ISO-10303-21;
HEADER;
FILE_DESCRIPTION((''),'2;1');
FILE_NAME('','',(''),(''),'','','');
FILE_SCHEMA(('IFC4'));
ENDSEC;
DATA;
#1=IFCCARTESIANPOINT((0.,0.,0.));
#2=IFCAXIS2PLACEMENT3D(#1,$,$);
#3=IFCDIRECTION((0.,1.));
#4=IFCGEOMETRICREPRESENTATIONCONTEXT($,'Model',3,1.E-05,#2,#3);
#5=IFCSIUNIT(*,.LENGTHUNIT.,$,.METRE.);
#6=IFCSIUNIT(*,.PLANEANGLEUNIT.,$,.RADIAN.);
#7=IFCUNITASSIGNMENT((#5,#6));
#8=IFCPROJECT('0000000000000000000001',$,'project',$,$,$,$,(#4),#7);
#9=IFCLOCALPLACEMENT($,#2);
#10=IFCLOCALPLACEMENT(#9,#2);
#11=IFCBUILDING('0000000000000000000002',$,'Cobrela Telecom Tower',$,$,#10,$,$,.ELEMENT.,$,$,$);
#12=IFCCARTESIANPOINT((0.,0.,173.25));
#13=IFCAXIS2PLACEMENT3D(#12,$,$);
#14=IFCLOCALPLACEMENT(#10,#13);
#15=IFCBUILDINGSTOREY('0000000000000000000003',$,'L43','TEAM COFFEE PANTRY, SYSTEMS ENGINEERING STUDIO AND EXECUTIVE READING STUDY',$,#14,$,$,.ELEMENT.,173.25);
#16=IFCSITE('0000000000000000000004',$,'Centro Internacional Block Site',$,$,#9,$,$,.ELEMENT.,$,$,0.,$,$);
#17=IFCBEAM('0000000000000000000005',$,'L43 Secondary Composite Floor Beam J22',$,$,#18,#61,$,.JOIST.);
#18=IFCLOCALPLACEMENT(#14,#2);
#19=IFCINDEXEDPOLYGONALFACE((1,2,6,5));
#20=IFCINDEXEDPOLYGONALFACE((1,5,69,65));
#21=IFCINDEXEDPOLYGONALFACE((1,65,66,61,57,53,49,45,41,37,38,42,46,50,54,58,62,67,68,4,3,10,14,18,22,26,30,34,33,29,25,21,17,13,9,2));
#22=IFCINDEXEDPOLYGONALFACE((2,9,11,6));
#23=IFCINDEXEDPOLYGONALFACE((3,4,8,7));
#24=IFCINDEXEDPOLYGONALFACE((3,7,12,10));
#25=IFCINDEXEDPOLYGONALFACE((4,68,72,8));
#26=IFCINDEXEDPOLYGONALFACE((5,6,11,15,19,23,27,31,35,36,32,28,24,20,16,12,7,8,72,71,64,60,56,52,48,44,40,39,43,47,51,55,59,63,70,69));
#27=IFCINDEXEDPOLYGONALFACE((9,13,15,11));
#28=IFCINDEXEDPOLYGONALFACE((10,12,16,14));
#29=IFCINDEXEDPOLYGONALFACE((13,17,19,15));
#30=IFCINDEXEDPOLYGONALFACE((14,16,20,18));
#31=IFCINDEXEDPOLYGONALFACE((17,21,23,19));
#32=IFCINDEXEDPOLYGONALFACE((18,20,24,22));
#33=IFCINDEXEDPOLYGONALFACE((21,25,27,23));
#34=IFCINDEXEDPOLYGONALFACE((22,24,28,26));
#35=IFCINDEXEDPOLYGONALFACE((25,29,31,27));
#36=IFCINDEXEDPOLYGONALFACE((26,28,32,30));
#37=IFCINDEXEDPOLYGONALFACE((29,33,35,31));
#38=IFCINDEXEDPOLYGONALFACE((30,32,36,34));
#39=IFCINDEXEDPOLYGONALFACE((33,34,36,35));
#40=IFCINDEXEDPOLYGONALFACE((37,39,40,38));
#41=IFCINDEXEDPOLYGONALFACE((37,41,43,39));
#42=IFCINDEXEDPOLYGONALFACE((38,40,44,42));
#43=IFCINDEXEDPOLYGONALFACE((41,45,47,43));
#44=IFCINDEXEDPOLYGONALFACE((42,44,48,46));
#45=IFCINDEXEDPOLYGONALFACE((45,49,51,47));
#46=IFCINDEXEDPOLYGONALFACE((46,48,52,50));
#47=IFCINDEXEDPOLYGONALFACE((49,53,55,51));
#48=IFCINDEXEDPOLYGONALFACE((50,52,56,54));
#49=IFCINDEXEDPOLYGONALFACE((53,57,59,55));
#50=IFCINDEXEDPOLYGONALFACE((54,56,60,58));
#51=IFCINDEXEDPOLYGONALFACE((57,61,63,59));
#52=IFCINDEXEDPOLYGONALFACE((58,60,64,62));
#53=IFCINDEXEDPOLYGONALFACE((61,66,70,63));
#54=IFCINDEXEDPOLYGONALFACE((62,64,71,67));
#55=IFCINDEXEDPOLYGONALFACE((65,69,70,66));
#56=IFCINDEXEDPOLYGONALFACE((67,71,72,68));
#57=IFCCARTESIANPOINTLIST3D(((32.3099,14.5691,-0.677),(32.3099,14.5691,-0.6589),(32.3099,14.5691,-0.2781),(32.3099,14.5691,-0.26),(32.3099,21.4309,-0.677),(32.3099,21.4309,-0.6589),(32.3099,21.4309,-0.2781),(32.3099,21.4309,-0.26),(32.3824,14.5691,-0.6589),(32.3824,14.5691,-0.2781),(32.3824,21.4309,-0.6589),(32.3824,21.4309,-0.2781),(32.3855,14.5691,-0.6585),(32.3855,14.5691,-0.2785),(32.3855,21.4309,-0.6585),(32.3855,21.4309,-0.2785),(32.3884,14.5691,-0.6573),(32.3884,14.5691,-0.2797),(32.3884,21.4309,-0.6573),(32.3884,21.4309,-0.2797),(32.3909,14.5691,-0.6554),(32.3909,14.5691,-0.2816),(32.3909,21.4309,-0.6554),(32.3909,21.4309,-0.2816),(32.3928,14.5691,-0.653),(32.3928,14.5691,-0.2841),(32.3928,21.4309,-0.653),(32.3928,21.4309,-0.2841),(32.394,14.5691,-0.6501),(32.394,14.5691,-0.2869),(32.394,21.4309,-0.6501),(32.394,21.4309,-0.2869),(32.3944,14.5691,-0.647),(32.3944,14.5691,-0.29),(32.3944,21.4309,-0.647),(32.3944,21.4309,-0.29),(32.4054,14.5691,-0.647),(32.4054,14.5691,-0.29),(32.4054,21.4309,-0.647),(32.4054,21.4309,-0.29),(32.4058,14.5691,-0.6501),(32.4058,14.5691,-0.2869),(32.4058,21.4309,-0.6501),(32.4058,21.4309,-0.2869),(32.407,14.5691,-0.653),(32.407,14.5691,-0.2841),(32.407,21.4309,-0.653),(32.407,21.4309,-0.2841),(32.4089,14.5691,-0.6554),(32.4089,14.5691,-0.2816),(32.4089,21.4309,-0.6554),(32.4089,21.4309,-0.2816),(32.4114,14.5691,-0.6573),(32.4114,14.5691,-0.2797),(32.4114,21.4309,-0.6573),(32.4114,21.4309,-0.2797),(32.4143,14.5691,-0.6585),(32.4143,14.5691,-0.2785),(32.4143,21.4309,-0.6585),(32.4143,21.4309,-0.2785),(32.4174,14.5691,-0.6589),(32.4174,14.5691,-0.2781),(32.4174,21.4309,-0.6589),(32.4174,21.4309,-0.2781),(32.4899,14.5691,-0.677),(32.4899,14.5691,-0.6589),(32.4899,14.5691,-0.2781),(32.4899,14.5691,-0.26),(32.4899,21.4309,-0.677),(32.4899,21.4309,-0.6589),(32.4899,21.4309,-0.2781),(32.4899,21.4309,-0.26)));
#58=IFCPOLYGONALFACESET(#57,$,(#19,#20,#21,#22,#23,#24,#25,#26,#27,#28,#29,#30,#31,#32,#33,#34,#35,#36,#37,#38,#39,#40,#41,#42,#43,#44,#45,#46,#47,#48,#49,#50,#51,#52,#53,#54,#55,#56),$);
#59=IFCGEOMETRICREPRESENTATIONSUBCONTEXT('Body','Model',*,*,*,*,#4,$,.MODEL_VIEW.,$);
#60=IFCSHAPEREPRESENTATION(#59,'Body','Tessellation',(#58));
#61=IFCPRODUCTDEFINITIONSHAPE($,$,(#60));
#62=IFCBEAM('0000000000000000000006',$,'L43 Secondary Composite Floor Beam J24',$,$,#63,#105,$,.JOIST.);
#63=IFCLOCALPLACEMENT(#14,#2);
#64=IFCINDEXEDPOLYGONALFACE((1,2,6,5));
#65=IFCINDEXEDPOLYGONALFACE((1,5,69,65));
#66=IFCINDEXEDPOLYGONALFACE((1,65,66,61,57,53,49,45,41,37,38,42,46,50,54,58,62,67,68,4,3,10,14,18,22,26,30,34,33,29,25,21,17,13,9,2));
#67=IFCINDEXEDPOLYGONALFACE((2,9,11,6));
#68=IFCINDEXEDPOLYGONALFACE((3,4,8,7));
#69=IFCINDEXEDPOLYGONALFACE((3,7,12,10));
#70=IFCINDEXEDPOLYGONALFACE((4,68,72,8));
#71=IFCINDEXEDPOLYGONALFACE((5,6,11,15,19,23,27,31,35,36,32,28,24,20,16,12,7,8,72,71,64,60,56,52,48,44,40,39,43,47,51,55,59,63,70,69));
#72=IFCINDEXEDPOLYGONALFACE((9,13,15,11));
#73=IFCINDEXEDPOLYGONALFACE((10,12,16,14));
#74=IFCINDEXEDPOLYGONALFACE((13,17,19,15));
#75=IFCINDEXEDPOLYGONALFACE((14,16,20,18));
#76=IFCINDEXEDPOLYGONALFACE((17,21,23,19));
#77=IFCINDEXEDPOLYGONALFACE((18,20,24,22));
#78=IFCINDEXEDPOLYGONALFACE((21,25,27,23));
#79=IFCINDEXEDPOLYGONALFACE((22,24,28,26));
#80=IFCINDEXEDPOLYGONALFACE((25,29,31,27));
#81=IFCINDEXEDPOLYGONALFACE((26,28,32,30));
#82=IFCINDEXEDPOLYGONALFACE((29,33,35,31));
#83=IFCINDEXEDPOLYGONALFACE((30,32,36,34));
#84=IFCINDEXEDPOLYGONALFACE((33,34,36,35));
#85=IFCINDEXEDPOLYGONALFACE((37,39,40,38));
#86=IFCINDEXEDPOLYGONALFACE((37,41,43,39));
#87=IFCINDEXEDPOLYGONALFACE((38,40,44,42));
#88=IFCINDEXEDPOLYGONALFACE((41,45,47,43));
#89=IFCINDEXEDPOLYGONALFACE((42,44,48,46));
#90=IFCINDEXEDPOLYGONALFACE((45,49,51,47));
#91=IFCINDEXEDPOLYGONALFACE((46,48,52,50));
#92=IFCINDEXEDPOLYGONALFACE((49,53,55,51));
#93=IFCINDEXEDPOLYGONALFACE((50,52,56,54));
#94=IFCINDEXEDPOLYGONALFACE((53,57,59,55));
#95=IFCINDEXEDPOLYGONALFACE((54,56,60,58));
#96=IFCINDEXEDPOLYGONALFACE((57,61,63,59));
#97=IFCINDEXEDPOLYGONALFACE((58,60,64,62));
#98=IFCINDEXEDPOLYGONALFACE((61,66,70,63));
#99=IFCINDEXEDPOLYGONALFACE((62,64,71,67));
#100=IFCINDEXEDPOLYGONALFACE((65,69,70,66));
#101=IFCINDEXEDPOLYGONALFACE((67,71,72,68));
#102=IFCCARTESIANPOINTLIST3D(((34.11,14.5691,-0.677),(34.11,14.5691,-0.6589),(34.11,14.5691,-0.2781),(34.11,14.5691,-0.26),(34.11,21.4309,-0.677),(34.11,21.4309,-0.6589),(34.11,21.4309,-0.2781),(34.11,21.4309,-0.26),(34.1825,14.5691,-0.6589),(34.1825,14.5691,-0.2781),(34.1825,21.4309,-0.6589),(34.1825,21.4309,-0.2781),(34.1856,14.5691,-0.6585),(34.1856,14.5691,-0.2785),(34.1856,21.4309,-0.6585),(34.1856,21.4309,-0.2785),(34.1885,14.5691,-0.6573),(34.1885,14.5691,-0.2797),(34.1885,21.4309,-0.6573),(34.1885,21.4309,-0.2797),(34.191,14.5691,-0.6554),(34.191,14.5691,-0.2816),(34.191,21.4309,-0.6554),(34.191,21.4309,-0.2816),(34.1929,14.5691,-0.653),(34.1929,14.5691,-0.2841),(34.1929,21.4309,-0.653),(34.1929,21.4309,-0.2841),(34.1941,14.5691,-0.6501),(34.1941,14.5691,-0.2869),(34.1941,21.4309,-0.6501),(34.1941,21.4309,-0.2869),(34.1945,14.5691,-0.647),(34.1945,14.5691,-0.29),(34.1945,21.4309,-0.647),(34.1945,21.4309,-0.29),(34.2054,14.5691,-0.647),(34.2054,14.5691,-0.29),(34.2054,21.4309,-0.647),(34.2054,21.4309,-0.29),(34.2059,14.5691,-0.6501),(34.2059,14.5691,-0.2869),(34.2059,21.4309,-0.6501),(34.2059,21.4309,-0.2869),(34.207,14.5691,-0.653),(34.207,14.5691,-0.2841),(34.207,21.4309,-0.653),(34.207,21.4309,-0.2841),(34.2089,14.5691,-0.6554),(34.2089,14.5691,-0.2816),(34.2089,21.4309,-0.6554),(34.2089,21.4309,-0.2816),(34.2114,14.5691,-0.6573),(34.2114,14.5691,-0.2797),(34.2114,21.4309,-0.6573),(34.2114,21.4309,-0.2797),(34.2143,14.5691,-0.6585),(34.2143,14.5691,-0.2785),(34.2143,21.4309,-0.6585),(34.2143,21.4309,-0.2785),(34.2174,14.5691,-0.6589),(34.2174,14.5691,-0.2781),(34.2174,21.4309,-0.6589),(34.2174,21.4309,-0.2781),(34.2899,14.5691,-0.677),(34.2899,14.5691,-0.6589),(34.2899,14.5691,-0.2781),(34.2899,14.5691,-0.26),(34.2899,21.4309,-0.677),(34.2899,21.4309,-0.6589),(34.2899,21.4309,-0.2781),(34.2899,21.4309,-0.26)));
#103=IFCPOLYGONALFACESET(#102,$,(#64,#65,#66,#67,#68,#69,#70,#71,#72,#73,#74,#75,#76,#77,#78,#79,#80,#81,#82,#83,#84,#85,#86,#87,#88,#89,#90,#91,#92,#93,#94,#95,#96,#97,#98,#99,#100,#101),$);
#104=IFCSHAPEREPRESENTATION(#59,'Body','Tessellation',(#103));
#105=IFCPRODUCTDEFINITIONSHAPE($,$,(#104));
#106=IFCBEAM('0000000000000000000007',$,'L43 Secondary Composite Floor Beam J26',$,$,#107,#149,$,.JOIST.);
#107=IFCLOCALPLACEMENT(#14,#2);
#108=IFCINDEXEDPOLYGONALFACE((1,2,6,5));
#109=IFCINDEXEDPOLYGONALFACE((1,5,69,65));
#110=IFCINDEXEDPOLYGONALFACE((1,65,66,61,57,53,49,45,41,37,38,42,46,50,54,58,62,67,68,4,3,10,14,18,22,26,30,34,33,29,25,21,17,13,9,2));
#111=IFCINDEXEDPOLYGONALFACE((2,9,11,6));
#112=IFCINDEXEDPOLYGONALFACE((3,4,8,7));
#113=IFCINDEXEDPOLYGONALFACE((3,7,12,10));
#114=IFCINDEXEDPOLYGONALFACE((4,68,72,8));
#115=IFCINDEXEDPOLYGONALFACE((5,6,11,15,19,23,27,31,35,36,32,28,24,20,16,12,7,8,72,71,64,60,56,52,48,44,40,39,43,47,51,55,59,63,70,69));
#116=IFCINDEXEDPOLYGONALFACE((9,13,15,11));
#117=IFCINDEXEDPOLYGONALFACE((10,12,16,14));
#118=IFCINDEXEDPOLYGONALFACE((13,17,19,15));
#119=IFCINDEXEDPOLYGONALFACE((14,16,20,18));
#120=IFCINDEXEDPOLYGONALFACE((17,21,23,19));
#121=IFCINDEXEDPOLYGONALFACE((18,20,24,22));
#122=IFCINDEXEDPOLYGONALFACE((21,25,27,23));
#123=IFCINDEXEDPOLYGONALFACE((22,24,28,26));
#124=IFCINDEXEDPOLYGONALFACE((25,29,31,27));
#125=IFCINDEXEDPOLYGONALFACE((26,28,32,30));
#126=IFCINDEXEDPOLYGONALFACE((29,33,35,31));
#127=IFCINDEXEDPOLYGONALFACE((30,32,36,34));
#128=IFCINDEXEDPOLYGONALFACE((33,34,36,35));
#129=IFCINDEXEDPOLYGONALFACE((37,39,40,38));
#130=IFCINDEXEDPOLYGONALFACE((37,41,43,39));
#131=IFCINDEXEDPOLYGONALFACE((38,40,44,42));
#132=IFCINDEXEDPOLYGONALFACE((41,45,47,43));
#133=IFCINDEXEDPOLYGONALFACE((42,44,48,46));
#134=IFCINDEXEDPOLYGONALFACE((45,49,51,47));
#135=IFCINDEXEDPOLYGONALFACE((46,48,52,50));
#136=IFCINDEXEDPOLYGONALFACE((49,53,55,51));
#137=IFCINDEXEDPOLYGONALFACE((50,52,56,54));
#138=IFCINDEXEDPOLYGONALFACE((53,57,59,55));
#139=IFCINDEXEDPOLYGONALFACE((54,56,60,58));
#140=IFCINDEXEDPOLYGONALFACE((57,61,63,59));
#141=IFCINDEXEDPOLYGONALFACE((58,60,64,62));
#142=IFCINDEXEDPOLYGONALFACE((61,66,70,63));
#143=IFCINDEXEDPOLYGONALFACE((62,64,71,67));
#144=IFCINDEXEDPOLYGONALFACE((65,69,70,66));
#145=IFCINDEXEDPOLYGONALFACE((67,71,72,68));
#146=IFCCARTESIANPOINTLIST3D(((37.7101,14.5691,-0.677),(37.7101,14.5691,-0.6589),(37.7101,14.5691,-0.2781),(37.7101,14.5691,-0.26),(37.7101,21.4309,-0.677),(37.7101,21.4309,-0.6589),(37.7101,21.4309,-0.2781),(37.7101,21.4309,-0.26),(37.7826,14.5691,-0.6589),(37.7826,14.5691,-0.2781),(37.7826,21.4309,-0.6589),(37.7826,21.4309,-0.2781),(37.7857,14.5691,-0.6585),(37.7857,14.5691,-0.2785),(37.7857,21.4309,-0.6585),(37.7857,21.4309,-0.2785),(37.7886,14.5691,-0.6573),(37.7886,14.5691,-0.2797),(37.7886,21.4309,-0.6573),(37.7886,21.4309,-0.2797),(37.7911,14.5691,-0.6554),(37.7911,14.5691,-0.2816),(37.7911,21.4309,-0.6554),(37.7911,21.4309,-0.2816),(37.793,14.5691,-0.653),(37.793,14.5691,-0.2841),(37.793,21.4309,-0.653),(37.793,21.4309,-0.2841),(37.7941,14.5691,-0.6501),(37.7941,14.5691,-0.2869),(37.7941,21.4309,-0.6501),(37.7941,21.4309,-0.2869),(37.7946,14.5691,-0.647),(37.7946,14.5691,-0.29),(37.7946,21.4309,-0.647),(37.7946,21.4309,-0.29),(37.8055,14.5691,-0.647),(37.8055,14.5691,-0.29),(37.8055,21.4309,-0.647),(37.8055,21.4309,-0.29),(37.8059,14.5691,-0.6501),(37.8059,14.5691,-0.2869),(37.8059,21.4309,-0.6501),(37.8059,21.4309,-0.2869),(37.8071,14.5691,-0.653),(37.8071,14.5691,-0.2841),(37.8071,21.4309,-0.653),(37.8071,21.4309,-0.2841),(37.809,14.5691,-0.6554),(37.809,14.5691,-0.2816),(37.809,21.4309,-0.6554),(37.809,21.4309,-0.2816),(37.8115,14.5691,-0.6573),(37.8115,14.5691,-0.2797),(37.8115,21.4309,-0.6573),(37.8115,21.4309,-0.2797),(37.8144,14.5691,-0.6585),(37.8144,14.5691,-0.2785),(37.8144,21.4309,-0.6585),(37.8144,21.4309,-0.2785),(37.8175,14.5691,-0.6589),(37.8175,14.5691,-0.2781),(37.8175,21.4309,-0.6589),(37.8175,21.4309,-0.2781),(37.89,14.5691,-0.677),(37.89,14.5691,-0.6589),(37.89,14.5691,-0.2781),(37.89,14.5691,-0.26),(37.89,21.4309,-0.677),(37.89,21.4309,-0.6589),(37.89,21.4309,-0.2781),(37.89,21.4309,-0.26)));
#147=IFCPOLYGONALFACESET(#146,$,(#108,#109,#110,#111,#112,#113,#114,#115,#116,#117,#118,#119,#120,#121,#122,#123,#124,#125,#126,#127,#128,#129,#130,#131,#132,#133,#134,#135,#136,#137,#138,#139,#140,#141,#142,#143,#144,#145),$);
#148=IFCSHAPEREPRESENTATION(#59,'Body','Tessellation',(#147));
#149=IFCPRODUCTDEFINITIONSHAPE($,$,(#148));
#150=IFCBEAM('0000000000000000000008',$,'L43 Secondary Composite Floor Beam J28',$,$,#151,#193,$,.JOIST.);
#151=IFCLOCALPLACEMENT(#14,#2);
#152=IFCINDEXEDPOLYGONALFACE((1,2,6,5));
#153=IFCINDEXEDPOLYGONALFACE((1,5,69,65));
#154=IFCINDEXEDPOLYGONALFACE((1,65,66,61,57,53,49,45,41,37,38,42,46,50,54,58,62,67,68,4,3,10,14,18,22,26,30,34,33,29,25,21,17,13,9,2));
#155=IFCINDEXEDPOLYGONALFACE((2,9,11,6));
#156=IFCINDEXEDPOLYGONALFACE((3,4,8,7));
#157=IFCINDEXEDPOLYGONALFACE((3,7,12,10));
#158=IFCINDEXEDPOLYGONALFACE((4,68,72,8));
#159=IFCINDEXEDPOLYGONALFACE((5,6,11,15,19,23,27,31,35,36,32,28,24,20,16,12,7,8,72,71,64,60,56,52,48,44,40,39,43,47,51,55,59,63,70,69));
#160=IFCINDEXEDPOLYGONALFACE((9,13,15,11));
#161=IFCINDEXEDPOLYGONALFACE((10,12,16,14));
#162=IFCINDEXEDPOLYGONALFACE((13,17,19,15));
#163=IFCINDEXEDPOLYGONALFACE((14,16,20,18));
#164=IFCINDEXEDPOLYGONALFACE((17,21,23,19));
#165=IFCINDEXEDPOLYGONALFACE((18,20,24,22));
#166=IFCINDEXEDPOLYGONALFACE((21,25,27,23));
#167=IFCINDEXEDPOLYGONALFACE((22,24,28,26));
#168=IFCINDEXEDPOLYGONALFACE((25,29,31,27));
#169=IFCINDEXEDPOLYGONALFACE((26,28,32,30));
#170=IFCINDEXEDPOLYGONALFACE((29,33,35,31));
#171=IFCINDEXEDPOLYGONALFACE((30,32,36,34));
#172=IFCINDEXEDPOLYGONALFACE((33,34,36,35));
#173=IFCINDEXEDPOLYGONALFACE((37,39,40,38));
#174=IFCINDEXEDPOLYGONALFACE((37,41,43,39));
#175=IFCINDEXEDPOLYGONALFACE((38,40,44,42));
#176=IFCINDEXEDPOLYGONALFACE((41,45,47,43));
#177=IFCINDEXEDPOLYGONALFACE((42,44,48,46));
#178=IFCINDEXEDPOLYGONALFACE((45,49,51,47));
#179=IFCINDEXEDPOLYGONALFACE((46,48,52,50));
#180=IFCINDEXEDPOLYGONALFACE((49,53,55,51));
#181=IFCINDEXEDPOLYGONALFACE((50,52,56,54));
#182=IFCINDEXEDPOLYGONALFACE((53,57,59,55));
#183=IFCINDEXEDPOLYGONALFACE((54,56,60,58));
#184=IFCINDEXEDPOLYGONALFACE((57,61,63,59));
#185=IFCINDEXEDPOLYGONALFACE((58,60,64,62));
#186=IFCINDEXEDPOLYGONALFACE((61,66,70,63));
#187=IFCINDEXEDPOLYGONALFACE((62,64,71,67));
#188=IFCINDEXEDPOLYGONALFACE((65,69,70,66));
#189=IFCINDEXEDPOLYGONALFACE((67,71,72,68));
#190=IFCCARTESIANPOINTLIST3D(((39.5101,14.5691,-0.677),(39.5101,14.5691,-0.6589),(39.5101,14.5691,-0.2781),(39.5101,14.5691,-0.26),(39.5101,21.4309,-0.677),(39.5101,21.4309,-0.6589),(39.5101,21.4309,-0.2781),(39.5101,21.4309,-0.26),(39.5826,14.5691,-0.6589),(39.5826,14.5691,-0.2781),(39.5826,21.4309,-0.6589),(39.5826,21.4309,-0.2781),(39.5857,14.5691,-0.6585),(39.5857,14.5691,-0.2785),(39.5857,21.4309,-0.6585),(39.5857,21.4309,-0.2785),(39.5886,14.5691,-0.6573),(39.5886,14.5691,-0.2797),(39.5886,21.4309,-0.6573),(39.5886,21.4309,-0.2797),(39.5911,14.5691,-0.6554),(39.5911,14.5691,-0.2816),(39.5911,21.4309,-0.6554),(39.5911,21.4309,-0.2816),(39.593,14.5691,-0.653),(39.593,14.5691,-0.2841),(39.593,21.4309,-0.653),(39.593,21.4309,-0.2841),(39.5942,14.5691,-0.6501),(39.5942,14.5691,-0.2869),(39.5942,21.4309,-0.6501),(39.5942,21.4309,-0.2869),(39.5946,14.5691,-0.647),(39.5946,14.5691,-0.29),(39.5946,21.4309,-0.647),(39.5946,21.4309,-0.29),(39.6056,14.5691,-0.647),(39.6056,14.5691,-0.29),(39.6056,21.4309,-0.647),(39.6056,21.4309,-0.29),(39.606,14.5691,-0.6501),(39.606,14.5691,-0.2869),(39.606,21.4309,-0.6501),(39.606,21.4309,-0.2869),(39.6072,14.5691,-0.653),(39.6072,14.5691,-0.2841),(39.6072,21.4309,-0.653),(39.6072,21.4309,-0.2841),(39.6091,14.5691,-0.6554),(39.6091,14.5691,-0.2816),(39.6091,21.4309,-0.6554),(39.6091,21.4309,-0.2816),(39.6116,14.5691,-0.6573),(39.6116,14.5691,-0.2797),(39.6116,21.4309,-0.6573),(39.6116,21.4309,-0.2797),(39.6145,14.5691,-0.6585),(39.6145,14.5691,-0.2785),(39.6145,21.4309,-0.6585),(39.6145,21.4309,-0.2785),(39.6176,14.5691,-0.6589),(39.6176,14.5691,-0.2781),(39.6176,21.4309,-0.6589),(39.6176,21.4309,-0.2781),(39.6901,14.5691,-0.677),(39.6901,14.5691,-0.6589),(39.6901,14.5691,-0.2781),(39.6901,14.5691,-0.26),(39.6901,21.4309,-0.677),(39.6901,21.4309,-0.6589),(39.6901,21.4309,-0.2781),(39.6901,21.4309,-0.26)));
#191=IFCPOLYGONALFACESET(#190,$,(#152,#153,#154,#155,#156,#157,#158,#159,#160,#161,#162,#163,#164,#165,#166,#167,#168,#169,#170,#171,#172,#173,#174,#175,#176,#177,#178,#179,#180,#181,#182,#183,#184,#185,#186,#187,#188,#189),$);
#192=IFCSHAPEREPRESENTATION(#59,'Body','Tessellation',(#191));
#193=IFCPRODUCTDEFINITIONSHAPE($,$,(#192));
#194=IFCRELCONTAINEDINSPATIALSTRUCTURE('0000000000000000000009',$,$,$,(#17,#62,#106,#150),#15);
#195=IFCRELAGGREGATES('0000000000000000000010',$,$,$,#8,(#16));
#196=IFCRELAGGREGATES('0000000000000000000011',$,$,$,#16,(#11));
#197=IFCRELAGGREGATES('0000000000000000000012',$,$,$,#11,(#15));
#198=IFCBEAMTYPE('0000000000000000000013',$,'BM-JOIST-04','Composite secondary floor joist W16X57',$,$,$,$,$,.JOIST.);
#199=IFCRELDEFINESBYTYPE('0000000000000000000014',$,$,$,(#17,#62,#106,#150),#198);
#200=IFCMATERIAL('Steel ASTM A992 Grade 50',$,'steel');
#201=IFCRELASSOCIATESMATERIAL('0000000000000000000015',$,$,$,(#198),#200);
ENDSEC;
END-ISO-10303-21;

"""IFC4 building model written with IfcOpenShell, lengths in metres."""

from ifc_helpers import new_model, si_unit, direction, frame, origin, origin_2d, place, context, subcontext, project, spatial, i_section, extrude, material, material_profile, profile_set, type_object, element, save


model = new_model("IFC4")

# Units and contexts
model_context = context("Model", 3, precision=1e-05, world=origin(), true_north=direction((0.0, 1.0)))
body_context = subcontext(model_context, "Body", "Model", "MODEL_VIEW")
ifc_project = project(units=[si_unit("LENGTHUNIT", "METRE"), si_unit("PLANEANGLEUNIT", "RADIAN")], contexts=[model_context])

# Site, building, storey
site_placement = place(None, origin())
site = spatial("IfcSite", under=ifc_project, at=site_placement, Name="Centro Internacional Block Site", CompositionType="ELEMENT", RefElevation=0.0)
building_placement = place(site_placement, origin())
building = spatial("IfcBuilding", under=site, at=building_placement, Name="Cobrela Telecom Tower", CompositionType="ELEMENT")
storey_placement = place(building_placement, frame((0.0, 0.0, 173.25)))
storey = spatial("IfcBuildingStorey", under=building, at=storey_placement, Name="L43", Description="TEAM COFFEE PANTRY, SYSTEMS ENGINEERING STUDIO AND EXECUTIVE READING STUDY", CompositionType="ELEMENT", Elevation=173.25)

# Shared definitions
ifc_material_1 = material(Name="Steel ASTM A992 Grade 50", Category="steel")

# Beams
ifc_material_profile_1 = material_profile(ifc_material_1, i_section(OverallWidth=0.1799, OverallDepth=0.417, WebThickness=0.011, FlangeThickness=0.0181, FilletRadius=0.012, at=origin_2d()), Name="W16X57")
ifc_profile_set_1 = profile_set([ifc_material_profile_1], Name="Steel ASTM A992 Grade 50")
beam_type_1 = type_object("IfcBeamType", Name="BM-JOIST-04", Description="Composite secondary floor joist W16X57", PredefinedType="JOIST", material=ifc_profile_set_1)
for number, where, z_axis, x_axis, name in (
    (1, (32.3999, 14.5691, -0.4685), (0.0, 1.0, 0.0), (-1.0, 0.0, 0.0), "L43 Secondary Composite Floor Beam J22"),
    (2, (34.2, 14.5691, -0.4685), (0.0, 1.0, 0.0), (-1.0, 0.0, 0.0), "L43 Secondary Composite Floor Beam J24"),
    (3, (37.8, 14.5691, -0.4685), (0.0, 1.0, 0.0), (-1.0, 0.0, 0.0), "L43 Secondary Composite Floor Beam J26"),
    (4, (39.6001, 14.5691, -0.4685), (0.0, 1.0, 0.0), (-1.0, 0.0, 0.0), "L43 Secondary Composite Floor Beam J28"),
):
    element("IfcBeam", number, at=place(storey_placement, frame(where, z_axis=z_axis, x_axis=x_axis)), inside=storey, type_object=beam_type_1, Name=name, PredefinedType="JOIST", context=body_context, shape_type="SweptSolid", body=[
        extrude(i_section(OverallWidth=0.1799, OverallDepth=0.417, WebThickness=0.011, FlangeThickness=0.0181, FilletRadius=0.012, at=origin_2d()), origin(), (0.0, 0.0, 1.0), 6.8618),
    ])

save(model, "model.ifc")
